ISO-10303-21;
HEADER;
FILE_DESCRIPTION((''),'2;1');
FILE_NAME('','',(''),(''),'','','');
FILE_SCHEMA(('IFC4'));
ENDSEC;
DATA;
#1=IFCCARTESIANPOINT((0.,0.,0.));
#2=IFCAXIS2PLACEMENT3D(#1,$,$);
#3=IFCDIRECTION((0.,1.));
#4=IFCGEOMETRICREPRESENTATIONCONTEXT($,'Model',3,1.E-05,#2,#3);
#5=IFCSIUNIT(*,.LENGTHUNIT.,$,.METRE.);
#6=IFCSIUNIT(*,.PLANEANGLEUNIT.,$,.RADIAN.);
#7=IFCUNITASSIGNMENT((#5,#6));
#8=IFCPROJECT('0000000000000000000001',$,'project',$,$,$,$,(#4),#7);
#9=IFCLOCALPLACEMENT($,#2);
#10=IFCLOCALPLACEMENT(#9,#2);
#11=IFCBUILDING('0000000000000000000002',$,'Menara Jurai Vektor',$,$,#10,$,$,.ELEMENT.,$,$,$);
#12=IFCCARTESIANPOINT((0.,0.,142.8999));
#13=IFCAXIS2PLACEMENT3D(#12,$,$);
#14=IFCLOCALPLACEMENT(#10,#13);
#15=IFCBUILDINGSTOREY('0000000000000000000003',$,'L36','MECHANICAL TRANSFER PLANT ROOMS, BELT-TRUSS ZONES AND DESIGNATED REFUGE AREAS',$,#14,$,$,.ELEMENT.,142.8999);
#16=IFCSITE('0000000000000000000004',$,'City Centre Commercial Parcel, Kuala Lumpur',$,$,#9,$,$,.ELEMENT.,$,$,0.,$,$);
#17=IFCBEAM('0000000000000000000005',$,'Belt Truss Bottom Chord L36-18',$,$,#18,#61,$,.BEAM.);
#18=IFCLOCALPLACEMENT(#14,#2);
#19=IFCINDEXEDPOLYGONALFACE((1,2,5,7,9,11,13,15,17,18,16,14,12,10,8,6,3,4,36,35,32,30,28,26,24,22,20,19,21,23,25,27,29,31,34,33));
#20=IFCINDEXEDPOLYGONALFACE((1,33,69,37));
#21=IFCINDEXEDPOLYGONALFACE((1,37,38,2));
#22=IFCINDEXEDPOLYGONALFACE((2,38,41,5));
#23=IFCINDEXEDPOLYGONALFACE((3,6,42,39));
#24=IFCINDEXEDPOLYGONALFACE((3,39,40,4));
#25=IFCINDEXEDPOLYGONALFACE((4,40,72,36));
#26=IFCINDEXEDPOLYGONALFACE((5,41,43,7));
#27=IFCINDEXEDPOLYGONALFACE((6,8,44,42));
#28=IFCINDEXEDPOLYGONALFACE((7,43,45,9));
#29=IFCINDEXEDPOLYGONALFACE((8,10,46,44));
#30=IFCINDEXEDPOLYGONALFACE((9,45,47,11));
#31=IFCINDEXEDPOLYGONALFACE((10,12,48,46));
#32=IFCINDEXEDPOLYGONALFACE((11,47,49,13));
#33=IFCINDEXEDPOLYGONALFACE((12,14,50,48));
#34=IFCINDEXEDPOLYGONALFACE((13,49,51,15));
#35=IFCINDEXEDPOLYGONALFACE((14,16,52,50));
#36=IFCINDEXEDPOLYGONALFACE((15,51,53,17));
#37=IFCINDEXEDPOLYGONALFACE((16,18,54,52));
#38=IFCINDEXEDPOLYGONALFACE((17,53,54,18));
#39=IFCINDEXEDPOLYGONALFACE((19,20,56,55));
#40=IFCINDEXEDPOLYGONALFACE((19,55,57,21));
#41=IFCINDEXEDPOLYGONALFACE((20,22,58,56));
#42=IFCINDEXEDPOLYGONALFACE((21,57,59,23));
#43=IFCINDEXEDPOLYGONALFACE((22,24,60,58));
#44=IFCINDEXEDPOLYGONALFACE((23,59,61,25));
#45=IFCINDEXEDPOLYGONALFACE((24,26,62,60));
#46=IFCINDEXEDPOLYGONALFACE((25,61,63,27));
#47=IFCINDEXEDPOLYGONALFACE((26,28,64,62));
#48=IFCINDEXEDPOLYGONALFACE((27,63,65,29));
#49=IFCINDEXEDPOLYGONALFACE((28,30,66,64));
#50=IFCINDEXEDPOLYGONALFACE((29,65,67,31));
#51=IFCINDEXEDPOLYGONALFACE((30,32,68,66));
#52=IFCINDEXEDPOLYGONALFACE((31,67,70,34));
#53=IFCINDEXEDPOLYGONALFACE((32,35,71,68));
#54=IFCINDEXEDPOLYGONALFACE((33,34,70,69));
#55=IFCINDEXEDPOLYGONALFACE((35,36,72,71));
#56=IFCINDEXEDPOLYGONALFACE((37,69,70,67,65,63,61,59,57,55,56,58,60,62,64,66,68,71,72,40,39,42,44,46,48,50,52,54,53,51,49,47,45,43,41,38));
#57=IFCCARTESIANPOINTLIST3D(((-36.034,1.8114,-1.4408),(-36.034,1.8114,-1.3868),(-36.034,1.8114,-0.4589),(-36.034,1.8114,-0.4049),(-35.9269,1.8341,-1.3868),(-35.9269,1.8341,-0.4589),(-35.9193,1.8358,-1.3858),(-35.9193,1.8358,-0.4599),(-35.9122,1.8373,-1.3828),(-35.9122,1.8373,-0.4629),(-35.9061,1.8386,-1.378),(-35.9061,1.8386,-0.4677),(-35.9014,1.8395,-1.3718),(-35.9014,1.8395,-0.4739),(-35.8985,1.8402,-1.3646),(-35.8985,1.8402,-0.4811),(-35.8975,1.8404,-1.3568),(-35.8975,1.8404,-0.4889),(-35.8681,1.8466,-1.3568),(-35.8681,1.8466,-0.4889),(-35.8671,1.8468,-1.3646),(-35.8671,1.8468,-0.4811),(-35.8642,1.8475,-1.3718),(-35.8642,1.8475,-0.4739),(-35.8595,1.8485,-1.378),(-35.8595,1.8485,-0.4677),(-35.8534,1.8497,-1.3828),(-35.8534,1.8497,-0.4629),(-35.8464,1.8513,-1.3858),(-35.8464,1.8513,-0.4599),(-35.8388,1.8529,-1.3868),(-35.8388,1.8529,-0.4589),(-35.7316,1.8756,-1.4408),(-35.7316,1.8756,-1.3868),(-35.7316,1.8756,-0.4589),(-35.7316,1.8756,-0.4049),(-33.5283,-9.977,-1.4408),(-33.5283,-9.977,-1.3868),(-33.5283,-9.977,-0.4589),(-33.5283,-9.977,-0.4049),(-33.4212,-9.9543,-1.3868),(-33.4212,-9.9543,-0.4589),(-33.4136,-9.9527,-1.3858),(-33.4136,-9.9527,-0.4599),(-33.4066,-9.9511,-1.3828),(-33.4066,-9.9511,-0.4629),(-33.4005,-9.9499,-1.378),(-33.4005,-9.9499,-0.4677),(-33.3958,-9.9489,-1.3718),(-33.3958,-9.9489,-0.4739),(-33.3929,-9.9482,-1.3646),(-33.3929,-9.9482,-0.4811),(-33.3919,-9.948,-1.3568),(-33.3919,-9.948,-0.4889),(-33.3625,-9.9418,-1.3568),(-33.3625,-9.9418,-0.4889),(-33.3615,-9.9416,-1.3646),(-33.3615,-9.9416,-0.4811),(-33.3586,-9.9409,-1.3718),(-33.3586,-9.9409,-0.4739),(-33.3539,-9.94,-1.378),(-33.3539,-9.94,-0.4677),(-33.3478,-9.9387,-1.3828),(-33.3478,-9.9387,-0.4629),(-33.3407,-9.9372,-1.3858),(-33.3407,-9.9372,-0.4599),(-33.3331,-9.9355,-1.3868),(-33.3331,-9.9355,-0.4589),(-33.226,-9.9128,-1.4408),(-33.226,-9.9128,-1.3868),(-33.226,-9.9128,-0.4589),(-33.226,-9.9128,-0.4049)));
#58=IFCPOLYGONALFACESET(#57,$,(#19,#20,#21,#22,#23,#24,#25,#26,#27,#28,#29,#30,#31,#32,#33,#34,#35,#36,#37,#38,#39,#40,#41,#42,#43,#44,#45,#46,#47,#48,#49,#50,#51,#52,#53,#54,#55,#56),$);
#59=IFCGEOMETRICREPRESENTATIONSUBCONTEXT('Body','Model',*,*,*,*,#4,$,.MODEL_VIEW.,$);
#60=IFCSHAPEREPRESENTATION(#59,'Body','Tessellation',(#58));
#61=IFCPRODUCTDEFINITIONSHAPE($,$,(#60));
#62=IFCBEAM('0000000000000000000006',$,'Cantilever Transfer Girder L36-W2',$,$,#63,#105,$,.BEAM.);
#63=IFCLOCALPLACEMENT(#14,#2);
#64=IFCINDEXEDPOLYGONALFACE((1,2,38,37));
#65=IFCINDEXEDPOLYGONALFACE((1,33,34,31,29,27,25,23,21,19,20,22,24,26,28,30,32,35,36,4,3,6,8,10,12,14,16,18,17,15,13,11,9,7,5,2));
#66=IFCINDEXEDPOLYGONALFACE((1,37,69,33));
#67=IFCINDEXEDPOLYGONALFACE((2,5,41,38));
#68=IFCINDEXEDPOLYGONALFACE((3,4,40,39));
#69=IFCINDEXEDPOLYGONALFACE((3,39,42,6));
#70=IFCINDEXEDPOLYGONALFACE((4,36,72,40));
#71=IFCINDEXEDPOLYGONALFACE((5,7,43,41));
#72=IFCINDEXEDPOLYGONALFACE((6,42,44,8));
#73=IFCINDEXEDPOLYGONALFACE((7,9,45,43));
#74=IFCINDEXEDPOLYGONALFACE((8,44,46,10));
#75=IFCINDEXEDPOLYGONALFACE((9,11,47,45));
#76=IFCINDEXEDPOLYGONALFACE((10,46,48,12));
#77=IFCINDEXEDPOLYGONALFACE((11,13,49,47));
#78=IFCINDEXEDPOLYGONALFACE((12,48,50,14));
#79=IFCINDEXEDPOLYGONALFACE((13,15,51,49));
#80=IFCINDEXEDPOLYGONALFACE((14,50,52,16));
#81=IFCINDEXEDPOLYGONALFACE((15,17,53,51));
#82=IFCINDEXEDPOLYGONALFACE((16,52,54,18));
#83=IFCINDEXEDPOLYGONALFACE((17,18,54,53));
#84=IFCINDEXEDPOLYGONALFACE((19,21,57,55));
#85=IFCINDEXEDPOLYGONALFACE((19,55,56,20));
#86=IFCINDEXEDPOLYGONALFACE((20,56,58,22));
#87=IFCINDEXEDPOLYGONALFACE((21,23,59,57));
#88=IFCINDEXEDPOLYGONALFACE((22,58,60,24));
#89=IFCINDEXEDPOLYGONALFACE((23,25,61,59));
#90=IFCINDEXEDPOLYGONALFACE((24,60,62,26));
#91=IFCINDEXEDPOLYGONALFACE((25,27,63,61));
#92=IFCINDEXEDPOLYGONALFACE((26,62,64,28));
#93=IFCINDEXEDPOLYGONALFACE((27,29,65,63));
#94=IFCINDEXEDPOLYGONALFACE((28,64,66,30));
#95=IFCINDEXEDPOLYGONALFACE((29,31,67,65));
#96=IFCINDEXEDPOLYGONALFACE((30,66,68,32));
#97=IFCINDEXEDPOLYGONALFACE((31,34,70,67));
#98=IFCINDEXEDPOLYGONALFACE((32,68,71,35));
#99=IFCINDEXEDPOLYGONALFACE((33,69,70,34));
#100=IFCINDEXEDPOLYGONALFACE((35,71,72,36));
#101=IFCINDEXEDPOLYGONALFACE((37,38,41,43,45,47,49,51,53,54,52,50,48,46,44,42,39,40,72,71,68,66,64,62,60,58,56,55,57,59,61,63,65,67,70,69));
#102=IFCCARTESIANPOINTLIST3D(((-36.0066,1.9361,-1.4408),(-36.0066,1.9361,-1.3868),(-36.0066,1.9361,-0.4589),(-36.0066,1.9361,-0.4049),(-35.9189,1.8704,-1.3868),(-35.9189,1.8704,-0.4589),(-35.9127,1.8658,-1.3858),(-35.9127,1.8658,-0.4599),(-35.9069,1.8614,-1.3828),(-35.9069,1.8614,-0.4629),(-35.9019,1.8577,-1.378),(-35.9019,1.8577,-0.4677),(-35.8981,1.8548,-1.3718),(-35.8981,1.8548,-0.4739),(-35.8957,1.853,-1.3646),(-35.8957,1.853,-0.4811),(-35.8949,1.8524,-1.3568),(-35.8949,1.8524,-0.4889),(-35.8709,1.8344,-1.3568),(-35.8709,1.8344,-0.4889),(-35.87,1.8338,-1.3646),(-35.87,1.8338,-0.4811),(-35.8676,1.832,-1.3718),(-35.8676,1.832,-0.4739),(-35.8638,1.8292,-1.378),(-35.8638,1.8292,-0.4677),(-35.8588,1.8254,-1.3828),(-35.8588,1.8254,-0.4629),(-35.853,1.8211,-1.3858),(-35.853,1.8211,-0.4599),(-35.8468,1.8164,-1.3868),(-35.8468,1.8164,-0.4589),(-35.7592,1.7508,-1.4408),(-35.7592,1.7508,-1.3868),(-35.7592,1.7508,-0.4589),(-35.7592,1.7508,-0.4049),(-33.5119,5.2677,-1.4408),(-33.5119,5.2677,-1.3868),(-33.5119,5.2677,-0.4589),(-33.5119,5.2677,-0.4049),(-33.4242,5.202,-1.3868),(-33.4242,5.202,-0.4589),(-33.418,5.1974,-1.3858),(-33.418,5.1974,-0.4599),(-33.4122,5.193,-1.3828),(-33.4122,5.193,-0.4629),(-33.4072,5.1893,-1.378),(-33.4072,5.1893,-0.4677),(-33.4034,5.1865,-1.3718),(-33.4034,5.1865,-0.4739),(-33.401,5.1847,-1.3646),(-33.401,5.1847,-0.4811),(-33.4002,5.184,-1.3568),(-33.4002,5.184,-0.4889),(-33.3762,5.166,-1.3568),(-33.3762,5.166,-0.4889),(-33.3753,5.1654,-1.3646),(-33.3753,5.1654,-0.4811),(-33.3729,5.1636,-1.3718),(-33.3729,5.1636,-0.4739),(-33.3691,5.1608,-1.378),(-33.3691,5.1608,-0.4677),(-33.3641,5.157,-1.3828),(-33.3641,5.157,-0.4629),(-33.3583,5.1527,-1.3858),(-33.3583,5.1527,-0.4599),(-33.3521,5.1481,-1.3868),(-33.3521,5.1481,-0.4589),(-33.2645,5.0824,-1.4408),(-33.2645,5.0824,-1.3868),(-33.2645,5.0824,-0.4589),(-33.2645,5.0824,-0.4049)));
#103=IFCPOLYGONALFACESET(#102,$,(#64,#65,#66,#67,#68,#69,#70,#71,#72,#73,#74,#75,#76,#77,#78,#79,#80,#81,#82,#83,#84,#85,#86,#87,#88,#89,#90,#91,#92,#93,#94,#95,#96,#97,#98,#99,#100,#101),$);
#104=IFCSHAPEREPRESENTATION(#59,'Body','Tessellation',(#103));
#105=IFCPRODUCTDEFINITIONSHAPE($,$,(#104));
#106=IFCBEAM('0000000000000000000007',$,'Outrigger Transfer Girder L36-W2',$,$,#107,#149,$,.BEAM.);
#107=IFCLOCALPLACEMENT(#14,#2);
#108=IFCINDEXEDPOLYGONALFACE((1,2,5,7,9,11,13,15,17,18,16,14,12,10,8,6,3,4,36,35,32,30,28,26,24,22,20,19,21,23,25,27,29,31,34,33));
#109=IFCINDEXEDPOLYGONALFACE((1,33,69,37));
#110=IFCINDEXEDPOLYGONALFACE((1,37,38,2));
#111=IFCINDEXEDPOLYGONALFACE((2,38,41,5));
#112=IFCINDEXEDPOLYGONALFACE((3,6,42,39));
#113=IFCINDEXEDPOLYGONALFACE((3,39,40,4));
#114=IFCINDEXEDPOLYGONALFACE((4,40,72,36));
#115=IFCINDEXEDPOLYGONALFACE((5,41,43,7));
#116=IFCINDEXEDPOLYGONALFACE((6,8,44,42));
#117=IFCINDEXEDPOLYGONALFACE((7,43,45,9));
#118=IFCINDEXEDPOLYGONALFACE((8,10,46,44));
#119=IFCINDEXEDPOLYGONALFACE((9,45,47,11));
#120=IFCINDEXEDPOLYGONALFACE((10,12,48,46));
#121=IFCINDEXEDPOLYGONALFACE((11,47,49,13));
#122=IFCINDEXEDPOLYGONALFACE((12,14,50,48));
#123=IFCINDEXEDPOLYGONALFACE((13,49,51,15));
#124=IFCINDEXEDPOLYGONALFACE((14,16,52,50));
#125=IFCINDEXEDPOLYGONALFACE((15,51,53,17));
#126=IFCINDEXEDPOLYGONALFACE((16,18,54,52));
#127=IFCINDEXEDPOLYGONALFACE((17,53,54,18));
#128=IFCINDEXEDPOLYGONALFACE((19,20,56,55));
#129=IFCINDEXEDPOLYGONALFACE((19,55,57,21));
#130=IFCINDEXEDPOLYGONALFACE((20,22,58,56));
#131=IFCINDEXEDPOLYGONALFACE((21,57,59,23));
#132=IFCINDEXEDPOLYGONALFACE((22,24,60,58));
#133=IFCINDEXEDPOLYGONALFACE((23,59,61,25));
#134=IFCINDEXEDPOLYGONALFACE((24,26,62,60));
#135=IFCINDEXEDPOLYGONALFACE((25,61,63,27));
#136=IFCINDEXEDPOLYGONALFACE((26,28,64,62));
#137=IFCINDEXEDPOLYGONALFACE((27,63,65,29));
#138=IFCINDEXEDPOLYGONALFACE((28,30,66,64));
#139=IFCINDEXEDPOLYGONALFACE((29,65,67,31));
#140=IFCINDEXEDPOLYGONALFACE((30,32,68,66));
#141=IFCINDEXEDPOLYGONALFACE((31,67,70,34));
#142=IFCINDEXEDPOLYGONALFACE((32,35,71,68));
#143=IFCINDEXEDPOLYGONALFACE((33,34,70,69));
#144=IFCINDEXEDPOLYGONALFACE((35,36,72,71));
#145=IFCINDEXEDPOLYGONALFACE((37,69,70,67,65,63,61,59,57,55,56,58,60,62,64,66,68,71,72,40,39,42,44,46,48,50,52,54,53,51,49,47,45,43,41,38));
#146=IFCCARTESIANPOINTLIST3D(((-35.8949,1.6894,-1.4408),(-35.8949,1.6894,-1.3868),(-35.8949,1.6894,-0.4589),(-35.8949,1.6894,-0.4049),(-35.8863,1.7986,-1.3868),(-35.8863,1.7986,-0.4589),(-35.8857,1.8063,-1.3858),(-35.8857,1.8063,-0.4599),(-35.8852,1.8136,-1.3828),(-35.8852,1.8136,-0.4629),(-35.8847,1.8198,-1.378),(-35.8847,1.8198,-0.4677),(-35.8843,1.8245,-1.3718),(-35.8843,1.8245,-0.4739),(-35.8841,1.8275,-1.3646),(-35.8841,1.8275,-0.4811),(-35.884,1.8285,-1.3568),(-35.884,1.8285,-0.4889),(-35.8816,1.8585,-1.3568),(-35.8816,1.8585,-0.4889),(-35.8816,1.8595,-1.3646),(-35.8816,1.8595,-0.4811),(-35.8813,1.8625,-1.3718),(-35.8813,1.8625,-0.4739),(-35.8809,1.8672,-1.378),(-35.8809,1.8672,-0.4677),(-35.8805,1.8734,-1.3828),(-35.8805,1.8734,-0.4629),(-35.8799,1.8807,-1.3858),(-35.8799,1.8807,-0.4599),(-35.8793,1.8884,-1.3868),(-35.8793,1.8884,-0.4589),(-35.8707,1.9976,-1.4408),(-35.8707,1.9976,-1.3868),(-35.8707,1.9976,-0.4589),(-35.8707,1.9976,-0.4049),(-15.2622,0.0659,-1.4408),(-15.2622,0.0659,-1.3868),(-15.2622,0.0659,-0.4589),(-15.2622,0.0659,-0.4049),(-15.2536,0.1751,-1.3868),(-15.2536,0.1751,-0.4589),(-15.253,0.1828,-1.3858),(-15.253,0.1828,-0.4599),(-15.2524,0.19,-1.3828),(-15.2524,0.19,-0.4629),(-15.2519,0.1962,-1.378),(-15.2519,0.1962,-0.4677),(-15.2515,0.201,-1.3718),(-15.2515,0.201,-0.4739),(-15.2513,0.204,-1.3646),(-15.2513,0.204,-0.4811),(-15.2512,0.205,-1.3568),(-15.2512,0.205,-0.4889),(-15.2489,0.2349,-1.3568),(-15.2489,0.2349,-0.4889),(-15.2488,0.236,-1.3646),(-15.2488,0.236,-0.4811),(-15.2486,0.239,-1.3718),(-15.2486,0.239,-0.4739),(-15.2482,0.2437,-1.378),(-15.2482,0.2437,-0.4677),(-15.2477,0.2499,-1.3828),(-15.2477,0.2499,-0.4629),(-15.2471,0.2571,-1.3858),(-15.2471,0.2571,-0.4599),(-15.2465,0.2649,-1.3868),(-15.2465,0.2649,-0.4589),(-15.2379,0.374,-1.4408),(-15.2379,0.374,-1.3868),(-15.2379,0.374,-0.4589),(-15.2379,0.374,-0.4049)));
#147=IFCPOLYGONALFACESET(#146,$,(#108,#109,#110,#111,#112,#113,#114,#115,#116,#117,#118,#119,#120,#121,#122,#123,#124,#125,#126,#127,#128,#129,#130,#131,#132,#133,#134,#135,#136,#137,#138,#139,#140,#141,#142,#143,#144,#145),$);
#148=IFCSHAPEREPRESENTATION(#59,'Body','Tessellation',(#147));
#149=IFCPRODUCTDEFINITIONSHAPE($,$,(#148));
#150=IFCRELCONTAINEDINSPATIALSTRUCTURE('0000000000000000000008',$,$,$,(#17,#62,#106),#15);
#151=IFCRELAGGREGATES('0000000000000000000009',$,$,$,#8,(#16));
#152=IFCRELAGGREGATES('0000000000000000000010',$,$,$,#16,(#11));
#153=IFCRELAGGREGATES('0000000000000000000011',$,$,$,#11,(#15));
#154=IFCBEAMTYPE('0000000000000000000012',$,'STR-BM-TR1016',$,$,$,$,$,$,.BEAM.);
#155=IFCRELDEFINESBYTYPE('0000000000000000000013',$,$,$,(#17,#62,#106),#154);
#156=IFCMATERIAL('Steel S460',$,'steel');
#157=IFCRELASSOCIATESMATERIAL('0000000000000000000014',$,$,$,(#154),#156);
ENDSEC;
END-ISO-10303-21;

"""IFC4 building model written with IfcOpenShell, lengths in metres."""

from ifc_helpers import new_model, si_unit, direction, frame, origin, origin_2d, place, context, subcontext, project, spatial, i_section, extrude, material, material_profile, profile_set, type_object, element, save


model = new_model("IFC4")

# Units and contexts
model_context = context("Model", 3, precision=1e-05, world=origin(), true_north=direction((0.0, 1.0)))
body_context = subcontext(model_context, "Body", "Model", "MODEL_VIEW")
ifc_project = project(units=[si_unit("LENGTHUNIT", "METRE"), si_unit("PLANEANGLEUNIT", "RADIAN")], contexts=[model_context])

# Site, building, storey
site_placement = place(None, origin())
site = spatial("IfcSite", under=ifc_project, at=site_placement, Name="City Centre Commercial Parcel, Kuala Lumpur", CompositionType="ELEMENT", RefElevation=0.0)
building_placement = place(site_placement, origin())
building = spatial("IfcBuilding", under=site, at=building_placement, Name="Menara Jurai Vektor", CompositionType="ELEMENT")
storey_placement = place(building_placement, frame((0.0, 0.0, 142.8999)))
storey = spatial("IfcBuildingStorey", under=building, at=storey_placement, Name="L36", Description="MECHANICAL TRANSFER PLANT ROOMS, BELT-TRUSS ZONES AND DESIGNATED REFUGE AREAS", CompositionType="ELEMENT", Elevation=142.8999)

# Shared definitions
ifc_material_1 = material(Name="Steel S460", Category="steel")

# Beams
ifc_material_profile_1 = material_profile(ifc_material_1, i_section(OverallWidth=0.3091, OverallDepth=1.0359, WebThickness=0.03, FlangeThickness=0.054, FilletRadius=0.03, at=origin_2d()), Name="UKB 1016x305x487")
ifc_profile_set_1 = profile_set([ifc_material_profile_1], Name="Steel S460")
beam_type_1 = type_object("IfcBeamType", Name="STR-BM-TR1016", PredefinedType="BEAM", material=ifc_profile_set_1)
beam_1_placement = place(storey_placement, frame((-35.8828, 1.8435, -0.9229), z_axis=(0.207906, -0.978149, 0.0), x_axis=(0.978149, 0.207906, 0.0)))
element("IfcBeam", 1, at=beam_1_placement, inside=storey, type_object=beam_type_1, Name="Belt Truss Bottom Chord L36-18", PredefinedType="BEAM", context=body_context, shape_type="SweptSolid", body=[
    extrude(i_section(OverallWidth=0.3091, OverallDepth=1.0359, WebThickness=0.03, FlangeThickness=0.054, FilletRadius=0.03, at=origin_2d()), origin(), (0.0, 0.0, 1.0), 12.0518),
])
beam_2_placement = place(storey_placement, frame((-33.3882, 5.175, -0.9229), z_axis=(-0.59938, -0.800464, 0.0), x_axis=(0.800464, -0.59938, 0.0)))
element("IfcBeam", 2, at=beam_2_placement, inside=storey, type_object=beam_type_1, Name="Cantilever Transfer Girder L36-W2", PredefinedType="BEAM", context=body_context, shape_type="SweptSolid", body=[
    extrude(i_section(OverallWidth=0.3091, OverallDepth=1.0359, WebThickness=0.03, FlangeThickness=0.054, FilletRadius=0.03, at=origin_2d()), origin(), (0.0, 0.0, 1.0), 4.1621),
])
beam_3_placement = place(storey_placement, frame((-35.8828, 1.8435, -0.9229), z_axis=(0.996918, -0.078445, 0.0), x_axis=(0.078445, 0.996918, 0.0)))
element("IfcBeam", 3, at=beam_3_placement, inside=storey, type_object=beam_type_1, Name="Outrigger Transfer Girder L36-W2", PredefinedType="BEAM", context=body_context, shape_type="SweptSolid", body=[
    extrude(i_section(OverallWidth=0.3091, OverallDepth=1.0359, WebThickness=0.03, FlangeThickness=0.054, FilletRadius=0.03, at=origin_2d()), origin(), (0.0, 0.0, 1.0), 20.6965),
])

save(model, "model.ifc")
